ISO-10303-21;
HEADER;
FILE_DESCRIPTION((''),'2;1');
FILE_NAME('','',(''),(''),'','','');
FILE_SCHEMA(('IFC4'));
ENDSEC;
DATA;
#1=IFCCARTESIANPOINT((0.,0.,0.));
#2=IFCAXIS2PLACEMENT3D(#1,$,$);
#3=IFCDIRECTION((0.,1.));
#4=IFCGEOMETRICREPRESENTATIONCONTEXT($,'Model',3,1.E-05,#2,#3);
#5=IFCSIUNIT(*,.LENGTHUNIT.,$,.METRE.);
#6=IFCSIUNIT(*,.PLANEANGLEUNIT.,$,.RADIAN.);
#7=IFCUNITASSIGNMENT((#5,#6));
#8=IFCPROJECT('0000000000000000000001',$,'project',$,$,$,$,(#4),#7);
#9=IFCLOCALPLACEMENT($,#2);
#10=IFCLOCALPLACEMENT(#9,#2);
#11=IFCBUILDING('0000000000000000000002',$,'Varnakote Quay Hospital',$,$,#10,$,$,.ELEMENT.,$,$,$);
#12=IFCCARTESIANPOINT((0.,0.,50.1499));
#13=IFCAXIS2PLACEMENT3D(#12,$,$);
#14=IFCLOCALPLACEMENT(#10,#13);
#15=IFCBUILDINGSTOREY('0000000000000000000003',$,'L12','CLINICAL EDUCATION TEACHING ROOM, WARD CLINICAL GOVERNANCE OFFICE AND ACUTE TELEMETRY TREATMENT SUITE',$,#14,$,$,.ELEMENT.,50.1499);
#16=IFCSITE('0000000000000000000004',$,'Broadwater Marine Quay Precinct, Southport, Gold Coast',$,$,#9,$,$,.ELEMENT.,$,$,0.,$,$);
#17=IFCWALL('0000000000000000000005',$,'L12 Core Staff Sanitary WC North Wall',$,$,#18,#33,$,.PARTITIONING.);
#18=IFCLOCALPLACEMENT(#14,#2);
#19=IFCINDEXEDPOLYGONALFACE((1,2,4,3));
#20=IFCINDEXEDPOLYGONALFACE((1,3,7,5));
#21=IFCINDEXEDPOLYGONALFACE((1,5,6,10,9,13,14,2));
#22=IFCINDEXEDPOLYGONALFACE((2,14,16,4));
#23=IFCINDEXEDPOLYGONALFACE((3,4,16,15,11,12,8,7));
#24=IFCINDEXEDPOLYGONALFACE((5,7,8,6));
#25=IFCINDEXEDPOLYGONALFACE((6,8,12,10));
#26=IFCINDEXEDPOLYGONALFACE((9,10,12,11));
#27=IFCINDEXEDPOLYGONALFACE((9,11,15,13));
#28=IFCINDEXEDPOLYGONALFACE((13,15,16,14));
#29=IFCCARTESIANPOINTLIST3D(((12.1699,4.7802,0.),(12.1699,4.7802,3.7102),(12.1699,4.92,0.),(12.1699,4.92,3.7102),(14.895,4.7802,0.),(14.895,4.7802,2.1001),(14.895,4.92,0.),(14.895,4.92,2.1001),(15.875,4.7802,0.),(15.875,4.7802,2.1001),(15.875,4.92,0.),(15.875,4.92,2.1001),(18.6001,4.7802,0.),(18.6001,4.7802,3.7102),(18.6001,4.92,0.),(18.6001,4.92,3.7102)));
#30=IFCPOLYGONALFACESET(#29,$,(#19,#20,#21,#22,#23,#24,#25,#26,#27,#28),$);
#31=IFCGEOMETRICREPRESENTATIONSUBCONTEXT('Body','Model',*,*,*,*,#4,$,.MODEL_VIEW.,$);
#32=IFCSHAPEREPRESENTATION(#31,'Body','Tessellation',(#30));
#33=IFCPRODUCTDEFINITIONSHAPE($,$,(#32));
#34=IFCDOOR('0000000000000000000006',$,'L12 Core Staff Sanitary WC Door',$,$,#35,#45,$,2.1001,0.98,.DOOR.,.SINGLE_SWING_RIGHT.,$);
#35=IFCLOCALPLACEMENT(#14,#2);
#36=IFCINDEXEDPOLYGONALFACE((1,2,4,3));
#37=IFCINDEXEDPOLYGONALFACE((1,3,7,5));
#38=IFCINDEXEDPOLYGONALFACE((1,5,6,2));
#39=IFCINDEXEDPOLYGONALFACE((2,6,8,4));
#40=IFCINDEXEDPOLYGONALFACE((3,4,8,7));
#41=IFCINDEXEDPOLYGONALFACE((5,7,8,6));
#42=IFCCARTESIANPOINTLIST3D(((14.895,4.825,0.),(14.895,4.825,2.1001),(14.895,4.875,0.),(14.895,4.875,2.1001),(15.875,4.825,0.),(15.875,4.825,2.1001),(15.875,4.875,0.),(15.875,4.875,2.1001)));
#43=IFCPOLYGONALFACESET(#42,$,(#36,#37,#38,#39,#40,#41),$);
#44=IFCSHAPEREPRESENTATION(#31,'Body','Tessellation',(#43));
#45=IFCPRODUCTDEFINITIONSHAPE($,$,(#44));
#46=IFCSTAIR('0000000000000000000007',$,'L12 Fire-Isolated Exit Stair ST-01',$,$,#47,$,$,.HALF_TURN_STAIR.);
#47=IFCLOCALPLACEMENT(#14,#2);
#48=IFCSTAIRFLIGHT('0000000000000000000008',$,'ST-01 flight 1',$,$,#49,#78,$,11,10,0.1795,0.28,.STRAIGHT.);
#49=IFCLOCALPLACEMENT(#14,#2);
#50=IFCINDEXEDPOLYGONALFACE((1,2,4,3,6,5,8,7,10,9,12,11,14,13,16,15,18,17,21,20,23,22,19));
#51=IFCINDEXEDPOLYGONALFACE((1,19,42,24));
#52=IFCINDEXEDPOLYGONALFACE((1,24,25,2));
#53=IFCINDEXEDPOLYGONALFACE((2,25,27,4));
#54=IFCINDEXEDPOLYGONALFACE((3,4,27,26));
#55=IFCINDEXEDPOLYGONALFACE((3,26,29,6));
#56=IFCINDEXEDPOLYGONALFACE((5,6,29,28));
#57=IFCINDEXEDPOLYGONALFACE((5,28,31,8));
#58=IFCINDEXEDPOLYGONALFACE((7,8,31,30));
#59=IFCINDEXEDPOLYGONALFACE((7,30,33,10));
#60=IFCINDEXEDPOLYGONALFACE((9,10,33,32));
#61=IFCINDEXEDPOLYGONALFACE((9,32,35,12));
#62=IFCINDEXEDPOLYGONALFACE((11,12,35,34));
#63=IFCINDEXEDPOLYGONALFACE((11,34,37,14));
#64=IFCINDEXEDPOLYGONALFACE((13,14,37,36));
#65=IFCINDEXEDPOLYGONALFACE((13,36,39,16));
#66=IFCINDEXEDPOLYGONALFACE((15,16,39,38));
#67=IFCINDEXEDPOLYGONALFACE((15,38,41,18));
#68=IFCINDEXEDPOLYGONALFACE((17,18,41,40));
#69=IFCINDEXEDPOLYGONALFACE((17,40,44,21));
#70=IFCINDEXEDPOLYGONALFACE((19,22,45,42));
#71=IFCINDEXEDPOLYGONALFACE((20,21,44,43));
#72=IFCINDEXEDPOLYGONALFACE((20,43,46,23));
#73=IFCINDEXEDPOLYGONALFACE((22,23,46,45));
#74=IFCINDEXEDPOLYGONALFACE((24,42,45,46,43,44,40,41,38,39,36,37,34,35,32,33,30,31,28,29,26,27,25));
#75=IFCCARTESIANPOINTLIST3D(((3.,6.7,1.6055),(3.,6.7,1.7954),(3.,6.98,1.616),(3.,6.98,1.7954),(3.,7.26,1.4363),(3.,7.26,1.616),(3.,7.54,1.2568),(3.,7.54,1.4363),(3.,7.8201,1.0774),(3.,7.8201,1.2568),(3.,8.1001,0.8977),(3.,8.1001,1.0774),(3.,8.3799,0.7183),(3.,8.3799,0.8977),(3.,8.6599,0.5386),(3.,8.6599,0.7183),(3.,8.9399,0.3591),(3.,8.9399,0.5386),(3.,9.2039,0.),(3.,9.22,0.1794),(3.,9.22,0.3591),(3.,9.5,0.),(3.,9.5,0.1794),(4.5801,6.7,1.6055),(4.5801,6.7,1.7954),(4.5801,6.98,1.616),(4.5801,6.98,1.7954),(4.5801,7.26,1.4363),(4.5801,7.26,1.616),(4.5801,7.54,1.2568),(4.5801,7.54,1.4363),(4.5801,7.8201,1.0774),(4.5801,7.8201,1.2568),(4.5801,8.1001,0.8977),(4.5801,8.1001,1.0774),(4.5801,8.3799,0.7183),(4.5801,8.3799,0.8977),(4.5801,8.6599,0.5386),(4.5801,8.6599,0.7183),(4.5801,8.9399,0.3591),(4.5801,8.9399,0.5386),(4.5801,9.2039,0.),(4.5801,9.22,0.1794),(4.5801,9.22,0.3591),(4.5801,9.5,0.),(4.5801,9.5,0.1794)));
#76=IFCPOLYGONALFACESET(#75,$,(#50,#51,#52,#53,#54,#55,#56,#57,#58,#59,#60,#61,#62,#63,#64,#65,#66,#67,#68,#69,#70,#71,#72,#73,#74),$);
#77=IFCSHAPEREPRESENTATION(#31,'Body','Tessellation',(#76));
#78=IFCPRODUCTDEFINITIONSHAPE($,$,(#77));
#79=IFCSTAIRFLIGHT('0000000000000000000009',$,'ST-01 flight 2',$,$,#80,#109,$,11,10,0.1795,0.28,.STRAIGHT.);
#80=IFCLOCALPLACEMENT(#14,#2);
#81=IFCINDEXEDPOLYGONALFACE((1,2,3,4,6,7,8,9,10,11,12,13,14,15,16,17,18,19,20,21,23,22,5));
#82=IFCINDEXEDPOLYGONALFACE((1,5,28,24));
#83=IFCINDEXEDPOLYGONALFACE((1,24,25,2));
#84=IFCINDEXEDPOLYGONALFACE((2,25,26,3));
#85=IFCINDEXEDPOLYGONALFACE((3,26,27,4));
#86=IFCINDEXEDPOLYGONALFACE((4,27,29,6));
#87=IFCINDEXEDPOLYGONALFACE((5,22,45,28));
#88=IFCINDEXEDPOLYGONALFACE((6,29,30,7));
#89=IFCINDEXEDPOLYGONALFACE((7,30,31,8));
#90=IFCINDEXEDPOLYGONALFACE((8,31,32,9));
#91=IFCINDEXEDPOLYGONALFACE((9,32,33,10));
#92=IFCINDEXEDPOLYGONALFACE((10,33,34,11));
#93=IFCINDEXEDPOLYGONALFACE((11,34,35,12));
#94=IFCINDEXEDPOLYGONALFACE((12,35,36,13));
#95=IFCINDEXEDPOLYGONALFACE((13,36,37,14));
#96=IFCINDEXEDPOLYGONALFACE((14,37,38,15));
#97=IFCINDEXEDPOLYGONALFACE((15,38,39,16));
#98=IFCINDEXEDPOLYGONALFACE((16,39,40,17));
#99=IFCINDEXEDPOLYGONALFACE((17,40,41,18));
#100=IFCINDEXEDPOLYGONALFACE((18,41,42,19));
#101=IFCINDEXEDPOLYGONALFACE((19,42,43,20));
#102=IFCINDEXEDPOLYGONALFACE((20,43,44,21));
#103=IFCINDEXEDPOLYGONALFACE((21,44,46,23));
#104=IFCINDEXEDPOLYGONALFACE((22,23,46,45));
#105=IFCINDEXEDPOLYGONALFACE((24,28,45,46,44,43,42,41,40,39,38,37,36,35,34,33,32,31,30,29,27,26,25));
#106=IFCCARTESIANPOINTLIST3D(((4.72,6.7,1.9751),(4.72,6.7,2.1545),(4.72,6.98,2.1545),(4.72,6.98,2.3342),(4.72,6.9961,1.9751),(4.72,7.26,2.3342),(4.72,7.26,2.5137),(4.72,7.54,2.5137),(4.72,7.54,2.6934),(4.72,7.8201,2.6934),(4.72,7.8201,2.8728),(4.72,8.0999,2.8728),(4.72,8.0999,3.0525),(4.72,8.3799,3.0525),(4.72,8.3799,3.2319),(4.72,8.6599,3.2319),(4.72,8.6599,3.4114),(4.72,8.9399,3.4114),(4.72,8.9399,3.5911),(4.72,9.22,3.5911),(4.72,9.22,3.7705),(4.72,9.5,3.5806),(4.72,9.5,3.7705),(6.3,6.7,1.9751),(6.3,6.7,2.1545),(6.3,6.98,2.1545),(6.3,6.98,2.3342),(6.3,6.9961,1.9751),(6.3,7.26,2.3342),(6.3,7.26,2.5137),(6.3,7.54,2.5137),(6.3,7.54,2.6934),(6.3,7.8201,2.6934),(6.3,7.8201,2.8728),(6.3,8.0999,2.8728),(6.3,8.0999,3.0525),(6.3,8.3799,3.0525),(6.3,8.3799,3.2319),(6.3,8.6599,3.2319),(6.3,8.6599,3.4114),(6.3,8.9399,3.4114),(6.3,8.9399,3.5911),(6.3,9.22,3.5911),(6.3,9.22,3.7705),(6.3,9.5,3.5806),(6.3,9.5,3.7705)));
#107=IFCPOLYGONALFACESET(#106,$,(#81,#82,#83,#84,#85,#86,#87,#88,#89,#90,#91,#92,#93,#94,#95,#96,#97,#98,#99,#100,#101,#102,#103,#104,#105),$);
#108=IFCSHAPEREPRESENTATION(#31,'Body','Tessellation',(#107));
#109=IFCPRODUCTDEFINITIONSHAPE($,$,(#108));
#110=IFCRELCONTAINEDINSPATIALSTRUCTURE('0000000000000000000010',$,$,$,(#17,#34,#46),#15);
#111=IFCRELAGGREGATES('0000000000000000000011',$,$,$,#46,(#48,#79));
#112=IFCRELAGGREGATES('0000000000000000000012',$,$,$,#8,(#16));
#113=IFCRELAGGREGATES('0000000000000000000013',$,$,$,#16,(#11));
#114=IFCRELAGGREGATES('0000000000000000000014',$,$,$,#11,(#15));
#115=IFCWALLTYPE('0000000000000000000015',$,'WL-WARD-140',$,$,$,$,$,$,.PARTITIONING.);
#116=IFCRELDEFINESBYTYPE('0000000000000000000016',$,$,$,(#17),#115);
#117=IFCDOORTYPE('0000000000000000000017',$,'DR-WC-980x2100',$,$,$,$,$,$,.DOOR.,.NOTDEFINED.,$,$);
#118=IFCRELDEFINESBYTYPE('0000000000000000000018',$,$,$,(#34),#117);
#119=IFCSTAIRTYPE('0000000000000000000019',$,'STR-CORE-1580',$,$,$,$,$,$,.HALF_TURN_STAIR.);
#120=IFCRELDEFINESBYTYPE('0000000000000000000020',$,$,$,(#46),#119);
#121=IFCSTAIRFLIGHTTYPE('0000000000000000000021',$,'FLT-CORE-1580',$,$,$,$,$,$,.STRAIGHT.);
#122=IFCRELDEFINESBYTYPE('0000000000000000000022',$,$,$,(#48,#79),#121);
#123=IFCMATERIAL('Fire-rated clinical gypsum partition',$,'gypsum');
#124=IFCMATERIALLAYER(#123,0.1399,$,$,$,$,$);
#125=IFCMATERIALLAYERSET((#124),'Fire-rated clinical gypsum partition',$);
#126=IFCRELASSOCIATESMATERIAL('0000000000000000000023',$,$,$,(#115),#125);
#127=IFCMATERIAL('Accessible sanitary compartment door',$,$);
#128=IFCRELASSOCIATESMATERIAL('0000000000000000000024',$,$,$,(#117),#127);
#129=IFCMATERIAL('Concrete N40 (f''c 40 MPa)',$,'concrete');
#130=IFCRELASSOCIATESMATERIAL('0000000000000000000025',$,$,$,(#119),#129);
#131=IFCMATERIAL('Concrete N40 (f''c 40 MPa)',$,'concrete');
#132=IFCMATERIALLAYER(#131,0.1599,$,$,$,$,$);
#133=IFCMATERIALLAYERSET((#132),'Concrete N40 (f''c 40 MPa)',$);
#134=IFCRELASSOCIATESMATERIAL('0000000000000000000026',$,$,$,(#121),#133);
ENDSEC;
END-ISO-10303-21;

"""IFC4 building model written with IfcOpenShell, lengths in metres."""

from ifc_helpers import new_model, si_unit, direction, frame, frame_2d, origin, place, context, subcontext, project, spatial, polyline, rectangle, outline, extrude, material, layer, layer_set, type_object, element, fill, aggregate, save


model = new_model("IFC4")

# Units and contexts
model_context = context("Model", 3, precision=1e-05, world=origin(), true_north=direction((0.0, 1.0)))
body_context = subcontext(model_context, "Body", "Model", "MODEL_VIEW")
ifc_project = project(units=[si_unit("LENGTHUNIT", "METRE"), si_unit("PLANEANGLEUNIT", "RADIAN")], contexts=[model_context])

# Site, building, storey
site_placement = place(None, origin())
site = spatial("IfcSite", under=ifc_project, at=site_placement, Name="Broadwater Marine Quay Precinct, Southport, Gold Coast", CompositionType="ELEMENT", RefElevation=0.0)
building_placement = place(site_placement, origin())
building = spatial("IfcBuilding", under=site, at=building_placement, Name="Varnakote Quay Hospital", CompositionType="ELEMENT")
storey_placement = place(building_placement, frame((0.0, 0.0, 50.1499)))
storey = spatial("IfcBuildingStorey", under=building, at=storey_placement, Name="L12", Description="CLINICAL EDUCATION TEACHING ROOM, WARD CLINICAL GOVERNANCE OFFICE AND ACUTE TELEMETRY TREATMENT SUITE", CompositionType="ELEMENT", Elevation=50.1499)

# Wall, opening, door
ifc_material_1 = material(Name="Fire-rated clinical gypsum partition", Category="gypsum")
ifc_layer_1 = layer(ifc_material_1, 0.1399)
ifc_layer_set_1 = layer_set([ifc_layer_1], Name="Fire-rated clinical gypsum partition")
wall_type_1 = type_object("IfcWallType", Name="WL-WARD-140", PredefinedType="PARTITIONING", material=ifc_layer_set_1)
wall_1_placement = place(storey_placement, frame((12.1699, 4.8501, 0.0), z_axis=(0.0, 0.0, 1.0), x_axis=(1.0, 0.0, 0.0)))
wall_1 = element("IfcWall", 1, at=wall_1_placement, inside=storey, type_object=wall_type_1, Name="L12 Core Staff Sanitary WC North Wall", PredefinedType="PARTITIONING", context=body_context, shape_type="SweptSolid", body=[
    extrude(rectangle(XDim=6.4302, YDim=0.1399, at=frame_2d((3.2151, 0.0))), origin(), (0.0, 0.0, 1.0), 3.7102),
])
opening_1_placement = place(wall_1_placement, frame((2.7251, 0.0, 0.0)))
opening_1 = element("IfcOpeningElement", 2, at=opening_1_placement, cuts=wall_1, PredefinedType="OPENING", context=body_context, shape_type="SweptSolid", body=[
    extrude(rectangle(XDim=0.98, YDim=2.1001, at=frame_2d((0.49, 1.05))), frame((0.0, 0.0798, 0.0), z_axis=(0.0, -1.0, 0.0), x_axis=(1.0, 0.0, 0.0)), (0.0, 0.0, 1.0), 0.1599),
])
ifc_material_2 = material(Name="Accessible sanitary compartment door")
door_type_1 = type_object("IfcDoorType", Name="DR-WC-980x2100", OperationType="NOTDEFINED", PredefinedType="DOOR", material=ifc_material_2)
door_1_placement = place(opening_1_placement, origin())
door_1 = element("IfcDoor", 3, at=door_1_placement, inside=storey, type_object=door_type_1, Name="L12 Core Staff Sanitary WC Door", OperationType="SINGLE_SWING_RIGHT", OverallHeight=2.1001, OverallWidth=0.98, PredefinedType="DOOR", context=body_context, shape_type="SweptSolid", body=[
    extrude(rectangle(XDim=0.98, YDim=2.1001, at=frame_2d((0.49, 1.05))), frame((0.0, 0.0249, 0.0), z_axis=(0.0, -1.0, 0.0), x_axis=(1.0, 0.0, 0.0)), (0.0, 0.0, 1.0), 0.05),
])
fill(opening_1, door_1)

# Stair, stair flights
ifc_material_3 = material(Name="Concrete N40 (f'c 40 MPa)", Category="concrete")
stair_type = type_object("IfcStairType", Name="STR-CORE-1580", PredefinedType="HALF_TURN_STAIR", material=ifc_material_3)
stair_placement = place(storey_placement, origin())
stair = element("IfcStair", 4, at=stair_placement, inside=storey, type_object=stair_type, Name="L12 Fire-Isolated Exit Stair ST-01", PredefinedType="HALF_TURN_STAIR")
ifc_material_4 = material(Name="Concrete N40 (f'c 40 MPa)", Category="concrete")
ifc_layer_2 = layer(ifc_material_4, 0.1599)
ifc_layer_set_2 = layer_set([ifc_layer_2], Name="Concrete N40 (f'c 40 MPa)")
stair_flight_type = type_object("IfcStairFlightType", Name="FLT-CORE-1580", PredefinedType="STRAIGHT", material=ifc_layer_set_2)
stair_flight_1_placement = place(storey_placement, frame((3.79, 9.5, 0.0), z_axis=(0.0, 0.0, 1.0), x_axis=(0.0, -1.0, 0.0)))
stair_flight_1 = element("IfcStairFlight", 5, at=stair_flight_1_placement, type_object=stair_flight_type, Name="ST-01 flight 1", NumberOfRisers=11, NumberOfTreads=10, PredefinedType="STRAIGHT", RiserHeight=0.1795, TreadLength=0.28, context=body_context, shape_type="SweptSolid", body=[
    extrude(outline(polyline([(0.0, 0.0), (0.0, 0.1794), (0.28, 0.1794), (0.28, 0.3591), (0.5601, 0.3591), (0.5601, 0.5386), (0.8401, 0.5386), (0.8401, 0.7183), (1.1201, 0.7183), (1.1201, 0.8977), (1.3999, 0.8977), (1.3999, 1.0774), (1.6799, 1.0774), (1.6799, 1.2568), (1.96, 1.2568), (1.96, 1.4363), (2.24, 1.4363), (2.24, 1.616), (2.52, 1.616), (2.52, 1.7954), (2.8, 1.7954), (2.8, 1.9751), (2.8, 1.6055), (0.2961, 0.0), (0.0, 0.0)])), frame((0.0, 0.79, 0.0), z_axis=(0.0, -1.0, 0.0), x_axis=(1.0, 0.0, 0.0)), (0.0, 0.0, 1.0), 1.5801),
])
stair_flight_2_placement = place(storey_placement, frame((5.51, 6.7, 1.9751), z_axis=(0.0, 0.0, 1.0), x_axis=(0.0, 1.0, 0.0)))
stair_flight_2 = element("IfcStairFlight", 6, at=stair_flight_2_placement, type_object=stair_flight_type, Name="ST-01 flight 2", NumberOfRisers=11, NumberOfTreads=10, PredefinedType="STRAIGHT", RiserHeight=0.1795, TreadLength=0.28, context=body_context, shape_type="SweptSolid", body=[
    extrude(outline(polyline([(0.0, 0.0), (0.0, 0.1794), (0.28, 0.1794), (0.28, 0.3591), (0.5601, 0.3591), (0.5601, 0.5386), (0.8401, 0.5386), (0.8401, 0.7183), (1.1201, 0.7183), (1.1201, 0.8977), (1.3999, 0.8977), (1.3999, 1.0774), (1.6799, 1.0774), (1.6799, 1.2568), (1.96, 1.2568), (1.96, 1.4363), (2.24, 1.4363), (2.24, 1.616), (2.52, 1.616), (2.52, 1.7954), (2.8, 1.7954), (2.8, 1.9751), (2.8, 1.6055), (0.2961, 0.0), (0.0, 0.0)])), frame((0.0, 0.79, 0.0), z_axis=(0.0, -1.0, 0.0), x_axis=(1.0, 0.0, 0.0)), (0.0, 0.0, 1.0), 1.5801),
])
aggregate(stair, [stair_flight_1, stair_flight_2])

save(model, "model.ifc")
